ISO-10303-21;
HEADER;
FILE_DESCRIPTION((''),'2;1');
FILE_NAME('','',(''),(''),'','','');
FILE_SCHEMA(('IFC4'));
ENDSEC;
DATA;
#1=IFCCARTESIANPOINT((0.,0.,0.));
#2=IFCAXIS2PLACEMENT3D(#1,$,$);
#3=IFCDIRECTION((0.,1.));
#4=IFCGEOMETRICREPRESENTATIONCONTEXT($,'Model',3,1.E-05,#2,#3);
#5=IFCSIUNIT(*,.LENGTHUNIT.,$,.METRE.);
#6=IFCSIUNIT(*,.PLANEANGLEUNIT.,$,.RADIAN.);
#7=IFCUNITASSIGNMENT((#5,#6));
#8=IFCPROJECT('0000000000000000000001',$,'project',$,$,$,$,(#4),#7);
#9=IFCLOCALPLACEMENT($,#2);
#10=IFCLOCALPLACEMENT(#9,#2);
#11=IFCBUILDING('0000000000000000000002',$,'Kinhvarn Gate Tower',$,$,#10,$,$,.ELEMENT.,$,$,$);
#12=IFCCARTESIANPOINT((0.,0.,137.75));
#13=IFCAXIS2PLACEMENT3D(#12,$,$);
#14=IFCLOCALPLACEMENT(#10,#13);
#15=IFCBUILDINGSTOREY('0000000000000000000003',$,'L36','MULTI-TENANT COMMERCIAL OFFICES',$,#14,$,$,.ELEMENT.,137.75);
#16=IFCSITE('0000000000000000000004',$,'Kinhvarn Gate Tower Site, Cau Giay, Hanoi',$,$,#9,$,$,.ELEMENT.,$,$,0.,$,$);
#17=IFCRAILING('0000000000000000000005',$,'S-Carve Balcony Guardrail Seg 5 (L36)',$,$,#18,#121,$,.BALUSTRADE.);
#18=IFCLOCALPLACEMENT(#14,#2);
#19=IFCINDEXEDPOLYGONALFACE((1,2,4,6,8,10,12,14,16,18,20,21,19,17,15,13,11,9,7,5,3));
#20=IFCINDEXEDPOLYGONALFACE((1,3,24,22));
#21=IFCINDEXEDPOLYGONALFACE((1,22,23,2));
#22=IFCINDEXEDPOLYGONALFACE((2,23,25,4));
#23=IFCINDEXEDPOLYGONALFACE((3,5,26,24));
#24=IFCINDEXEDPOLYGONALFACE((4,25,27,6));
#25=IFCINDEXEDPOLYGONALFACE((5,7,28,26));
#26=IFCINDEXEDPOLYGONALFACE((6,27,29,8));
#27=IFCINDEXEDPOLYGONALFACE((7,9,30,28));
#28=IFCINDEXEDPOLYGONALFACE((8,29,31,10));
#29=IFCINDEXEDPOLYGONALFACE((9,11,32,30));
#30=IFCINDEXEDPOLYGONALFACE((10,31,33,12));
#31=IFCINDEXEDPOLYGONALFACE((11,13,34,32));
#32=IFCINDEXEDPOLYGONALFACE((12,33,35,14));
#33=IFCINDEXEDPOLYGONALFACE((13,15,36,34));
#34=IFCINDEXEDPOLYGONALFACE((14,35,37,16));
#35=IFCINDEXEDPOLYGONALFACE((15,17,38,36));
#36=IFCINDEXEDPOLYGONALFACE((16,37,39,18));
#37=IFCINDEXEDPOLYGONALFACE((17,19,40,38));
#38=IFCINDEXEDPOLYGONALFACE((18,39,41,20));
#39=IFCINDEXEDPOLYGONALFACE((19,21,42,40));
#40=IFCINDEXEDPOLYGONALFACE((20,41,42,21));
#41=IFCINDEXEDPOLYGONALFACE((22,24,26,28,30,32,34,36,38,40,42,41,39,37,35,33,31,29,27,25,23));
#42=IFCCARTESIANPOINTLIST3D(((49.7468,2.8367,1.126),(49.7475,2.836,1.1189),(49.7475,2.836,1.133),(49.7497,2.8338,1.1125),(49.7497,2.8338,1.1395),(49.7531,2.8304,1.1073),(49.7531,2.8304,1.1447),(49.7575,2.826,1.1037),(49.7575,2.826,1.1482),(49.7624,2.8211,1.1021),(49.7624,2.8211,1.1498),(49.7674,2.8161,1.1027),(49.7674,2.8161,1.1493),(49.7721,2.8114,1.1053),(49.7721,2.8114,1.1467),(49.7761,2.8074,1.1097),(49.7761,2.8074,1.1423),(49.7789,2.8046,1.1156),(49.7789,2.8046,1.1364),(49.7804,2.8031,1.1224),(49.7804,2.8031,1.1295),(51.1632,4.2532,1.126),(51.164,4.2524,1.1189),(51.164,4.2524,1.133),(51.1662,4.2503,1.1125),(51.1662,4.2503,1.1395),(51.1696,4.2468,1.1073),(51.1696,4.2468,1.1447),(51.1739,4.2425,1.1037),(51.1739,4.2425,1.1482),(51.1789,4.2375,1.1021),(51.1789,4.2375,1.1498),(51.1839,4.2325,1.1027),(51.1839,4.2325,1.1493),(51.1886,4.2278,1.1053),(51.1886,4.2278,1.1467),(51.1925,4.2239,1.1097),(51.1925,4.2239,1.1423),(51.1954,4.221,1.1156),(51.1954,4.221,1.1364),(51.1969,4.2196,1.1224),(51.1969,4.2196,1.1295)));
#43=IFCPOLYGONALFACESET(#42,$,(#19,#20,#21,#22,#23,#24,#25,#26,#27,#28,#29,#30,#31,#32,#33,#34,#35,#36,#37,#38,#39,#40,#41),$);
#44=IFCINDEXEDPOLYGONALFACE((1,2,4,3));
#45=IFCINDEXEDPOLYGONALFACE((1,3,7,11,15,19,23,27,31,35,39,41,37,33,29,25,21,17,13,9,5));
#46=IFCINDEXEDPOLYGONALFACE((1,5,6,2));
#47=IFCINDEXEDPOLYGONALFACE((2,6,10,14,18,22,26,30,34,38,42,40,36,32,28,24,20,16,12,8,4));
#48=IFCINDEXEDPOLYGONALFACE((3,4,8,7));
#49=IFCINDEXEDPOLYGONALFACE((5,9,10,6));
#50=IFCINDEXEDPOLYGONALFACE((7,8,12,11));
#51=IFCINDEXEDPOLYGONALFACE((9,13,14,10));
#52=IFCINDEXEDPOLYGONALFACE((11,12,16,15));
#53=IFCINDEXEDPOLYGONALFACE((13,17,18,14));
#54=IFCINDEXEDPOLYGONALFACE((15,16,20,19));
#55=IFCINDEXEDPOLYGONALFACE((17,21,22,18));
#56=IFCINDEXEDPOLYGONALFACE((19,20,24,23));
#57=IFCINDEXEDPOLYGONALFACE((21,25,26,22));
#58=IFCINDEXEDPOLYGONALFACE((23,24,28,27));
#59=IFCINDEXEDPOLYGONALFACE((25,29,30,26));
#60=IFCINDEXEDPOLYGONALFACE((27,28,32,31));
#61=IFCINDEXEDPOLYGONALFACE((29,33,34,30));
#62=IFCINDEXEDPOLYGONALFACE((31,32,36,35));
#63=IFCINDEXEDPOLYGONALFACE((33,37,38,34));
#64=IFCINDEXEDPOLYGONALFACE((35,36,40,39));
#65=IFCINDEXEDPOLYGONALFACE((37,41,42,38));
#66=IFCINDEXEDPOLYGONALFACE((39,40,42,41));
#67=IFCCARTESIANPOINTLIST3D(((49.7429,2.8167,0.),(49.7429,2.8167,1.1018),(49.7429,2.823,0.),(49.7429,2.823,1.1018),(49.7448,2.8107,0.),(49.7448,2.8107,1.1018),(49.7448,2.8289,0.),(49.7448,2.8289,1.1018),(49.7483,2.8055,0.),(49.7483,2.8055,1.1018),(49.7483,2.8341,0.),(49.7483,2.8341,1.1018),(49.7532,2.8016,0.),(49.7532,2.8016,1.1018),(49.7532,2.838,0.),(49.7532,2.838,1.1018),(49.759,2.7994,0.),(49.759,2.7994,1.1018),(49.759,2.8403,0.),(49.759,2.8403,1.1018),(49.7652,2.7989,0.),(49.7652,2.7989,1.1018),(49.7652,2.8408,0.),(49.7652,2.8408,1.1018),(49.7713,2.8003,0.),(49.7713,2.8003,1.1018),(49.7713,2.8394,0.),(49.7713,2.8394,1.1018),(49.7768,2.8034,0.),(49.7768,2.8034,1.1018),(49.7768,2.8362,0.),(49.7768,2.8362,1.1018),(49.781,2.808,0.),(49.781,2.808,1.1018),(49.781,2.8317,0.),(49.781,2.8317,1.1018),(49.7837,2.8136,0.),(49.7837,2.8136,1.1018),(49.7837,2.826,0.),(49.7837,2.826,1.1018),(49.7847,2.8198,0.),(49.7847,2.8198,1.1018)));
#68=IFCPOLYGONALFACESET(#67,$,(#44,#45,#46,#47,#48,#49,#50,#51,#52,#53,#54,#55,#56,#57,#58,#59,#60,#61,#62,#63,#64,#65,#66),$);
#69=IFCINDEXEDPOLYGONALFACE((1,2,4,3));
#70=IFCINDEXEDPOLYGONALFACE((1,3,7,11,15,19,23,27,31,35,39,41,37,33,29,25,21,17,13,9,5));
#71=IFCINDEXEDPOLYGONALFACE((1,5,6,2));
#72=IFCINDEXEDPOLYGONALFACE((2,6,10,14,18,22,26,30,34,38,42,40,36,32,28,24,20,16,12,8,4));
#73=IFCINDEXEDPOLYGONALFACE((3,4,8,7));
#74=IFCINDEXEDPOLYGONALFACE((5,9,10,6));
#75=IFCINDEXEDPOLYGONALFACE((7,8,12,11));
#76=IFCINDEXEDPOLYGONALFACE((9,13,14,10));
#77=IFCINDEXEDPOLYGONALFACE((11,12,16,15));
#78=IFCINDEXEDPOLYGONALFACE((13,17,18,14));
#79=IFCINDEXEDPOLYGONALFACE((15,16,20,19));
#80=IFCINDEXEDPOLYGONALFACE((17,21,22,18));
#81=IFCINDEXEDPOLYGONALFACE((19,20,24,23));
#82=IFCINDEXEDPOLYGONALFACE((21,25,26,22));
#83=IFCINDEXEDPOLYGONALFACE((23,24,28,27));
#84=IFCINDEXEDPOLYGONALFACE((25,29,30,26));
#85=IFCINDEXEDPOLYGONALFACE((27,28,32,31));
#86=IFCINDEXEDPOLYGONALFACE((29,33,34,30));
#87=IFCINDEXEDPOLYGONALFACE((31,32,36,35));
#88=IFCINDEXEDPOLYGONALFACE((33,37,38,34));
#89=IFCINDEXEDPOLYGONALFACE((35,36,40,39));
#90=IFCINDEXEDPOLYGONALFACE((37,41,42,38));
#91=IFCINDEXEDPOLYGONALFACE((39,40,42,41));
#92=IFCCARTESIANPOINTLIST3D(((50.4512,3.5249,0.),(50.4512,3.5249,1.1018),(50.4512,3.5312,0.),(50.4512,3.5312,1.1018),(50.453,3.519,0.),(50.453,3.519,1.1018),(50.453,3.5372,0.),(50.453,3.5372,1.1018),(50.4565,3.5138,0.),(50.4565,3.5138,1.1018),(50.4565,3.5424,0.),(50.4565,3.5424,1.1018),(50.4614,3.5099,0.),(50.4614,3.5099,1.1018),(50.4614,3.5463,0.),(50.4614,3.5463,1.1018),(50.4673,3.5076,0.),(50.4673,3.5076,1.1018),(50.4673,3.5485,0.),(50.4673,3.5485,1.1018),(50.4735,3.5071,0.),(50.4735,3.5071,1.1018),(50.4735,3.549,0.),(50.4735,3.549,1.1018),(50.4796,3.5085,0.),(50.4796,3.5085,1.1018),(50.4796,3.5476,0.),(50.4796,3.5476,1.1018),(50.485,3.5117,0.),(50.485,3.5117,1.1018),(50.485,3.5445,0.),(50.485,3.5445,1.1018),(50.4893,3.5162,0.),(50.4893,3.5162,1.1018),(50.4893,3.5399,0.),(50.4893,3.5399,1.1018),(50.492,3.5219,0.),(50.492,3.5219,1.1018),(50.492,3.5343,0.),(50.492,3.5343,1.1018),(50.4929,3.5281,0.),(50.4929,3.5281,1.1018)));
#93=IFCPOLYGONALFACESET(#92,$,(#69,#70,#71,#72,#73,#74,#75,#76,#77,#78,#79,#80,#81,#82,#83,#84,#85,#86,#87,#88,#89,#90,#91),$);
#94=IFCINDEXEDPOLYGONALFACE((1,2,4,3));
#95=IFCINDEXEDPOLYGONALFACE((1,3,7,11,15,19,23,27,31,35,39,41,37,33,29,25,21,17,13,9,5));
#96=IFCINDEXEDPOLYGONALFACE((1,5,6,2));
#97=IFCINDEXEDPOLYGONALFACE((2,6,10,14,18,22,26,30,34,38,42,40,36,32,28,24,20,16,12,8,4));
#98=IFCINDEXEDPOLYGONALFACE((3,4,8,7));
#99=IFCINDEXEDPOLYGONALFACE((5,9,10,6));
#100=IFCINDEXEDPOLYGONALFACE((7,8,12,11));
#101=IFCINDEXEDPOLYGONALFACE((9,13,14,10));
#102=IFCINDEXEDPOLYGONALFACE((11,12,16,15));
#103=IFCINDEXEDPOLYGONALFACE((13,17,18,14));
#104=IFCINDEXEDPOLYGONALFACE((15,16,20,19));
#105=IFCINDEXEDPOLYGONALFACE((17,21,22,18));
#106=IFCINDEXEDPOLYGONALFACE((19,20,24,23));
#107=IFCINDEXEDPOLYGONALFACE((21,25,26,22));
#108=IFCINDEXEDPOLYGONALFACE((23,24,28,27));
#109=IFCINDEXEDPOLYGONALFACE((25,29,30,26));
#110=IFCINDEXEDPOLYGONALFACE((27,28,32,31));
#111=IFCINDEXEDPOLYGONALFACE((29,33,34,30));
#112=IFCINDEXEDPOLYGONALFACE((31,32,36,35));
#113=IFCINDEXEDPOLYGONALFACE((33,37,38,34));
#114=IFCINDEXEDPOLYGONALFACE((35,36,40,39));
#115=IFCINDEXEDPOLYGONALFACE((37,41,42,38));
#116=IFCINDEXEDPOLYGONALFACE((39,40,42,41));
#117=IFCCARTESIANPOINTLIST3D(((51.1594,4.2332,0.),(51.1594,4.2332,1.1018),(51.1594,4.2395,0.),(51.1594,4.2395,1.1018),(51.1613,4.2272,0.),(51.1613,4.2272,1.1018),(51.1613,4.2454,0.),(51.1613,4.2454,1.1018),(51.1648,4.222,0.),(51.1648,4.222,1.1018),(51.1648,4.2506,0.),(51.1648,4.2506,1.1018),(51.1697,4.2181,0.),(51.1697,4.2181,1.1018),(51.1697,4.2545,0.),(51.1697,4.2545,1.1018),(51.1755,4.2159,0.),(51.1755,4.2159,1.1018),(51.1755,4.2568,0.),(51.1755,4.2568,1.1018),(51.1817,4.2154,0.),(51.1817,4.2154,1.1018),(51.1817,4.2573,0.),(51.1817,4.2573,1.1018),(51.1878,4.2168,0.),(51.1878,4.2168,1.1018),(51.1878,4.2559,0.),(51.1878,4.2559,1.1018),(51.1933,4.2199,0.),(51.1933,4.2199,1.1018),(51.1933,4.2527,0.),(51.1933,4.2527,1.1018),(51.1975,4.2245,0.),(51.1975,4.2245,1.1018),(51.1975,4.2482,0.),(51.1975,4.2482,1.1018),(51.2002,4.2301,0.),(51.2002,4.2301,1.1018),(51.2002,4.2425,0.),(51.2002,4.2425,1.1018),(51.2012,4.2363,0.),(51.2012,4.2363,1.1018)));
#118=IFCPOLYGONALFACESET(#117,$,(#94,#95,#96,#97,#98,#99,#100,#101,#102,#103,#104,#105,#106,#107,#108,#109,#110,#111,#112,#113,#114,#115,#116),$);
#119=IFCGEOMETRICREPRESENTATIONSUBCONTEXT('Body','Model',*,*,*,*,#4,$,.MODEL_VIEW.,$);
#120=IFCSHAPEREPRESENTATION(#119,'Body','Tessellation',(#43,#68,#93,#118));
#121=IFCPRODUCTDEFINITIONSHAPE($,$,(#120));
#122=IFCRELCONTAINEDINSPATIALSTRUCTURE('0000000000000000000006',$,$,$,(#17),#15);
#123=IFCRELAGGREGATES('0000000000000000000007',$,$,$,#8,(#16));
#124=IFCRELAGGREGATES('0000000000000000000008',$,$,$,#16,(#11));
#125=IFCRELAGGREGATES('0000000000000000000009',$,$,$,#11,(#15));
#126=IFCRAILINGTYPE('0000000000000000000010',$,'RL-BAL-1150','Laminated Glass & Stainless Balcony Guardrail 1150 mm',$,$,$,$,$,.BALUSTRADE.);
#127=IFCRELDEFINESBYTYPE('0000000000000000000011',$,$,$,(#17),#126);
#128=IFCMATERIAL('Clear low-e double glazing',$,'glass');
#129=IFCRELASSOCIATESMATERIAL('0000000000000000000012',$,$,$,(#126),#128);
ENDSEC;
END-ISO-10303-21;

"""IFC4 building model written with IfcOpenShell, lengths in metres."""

from ifc_helpers import new_model, si_unit, direction, frame, origin, origin_2d, place, context, subcontext, project, spatial, circle, extrude, material, type_object, element, save


model = new_model("IFC4")

# Units and contexts
model_context = context("Model", 3, precision=1e-05, world=origin(), true_north=direction((0.0, 1.0)))
body_context = subcontext(model_context, "Body", "Model", "MODEL_VIEW")
ifc_project = project(units=[si_unit("LENGTHUNIT", "METRE"), si_unit("PLANEANGLEUNIT", "RADIAN")], contexts=[model_context])

# Site, building, storey
site_placement = place(None, origin())
site = spatial("IfcSite", under=ifc_project, at=site_placement, Name="Kinhvarn Gate Tower Site, Cau Giay, Hanoi", CompositionType="ELEMENT", RefElevation=0.0)
building_placement = place(site_placement, origin())
building = spatial("IfcBuilding", under=site, at=building_placement, Name="Kinhvarn Gate Tower", CompositionType="ELEMENT")
storey_placement = place(building_placement, frame((0.0, 0.0, 137.75)))
storey = spatial("IfcBuildingStorey", under=building, at=storey_placement, Name="L36", Description="MULTI-TENANT COMMERCIAL OFFICES", CompositionType="ELEMENT", Elevation=137.75)

# Shared definitions
ifc_material_1 = material(Name="Clear low-e double glazing", Category="glass")

# Railing
railing_type = type_object("IfcRailingType", Name="RL-BAL-1150", Description="Laminated Glass & Stainless Balcony Guardrail 1150 mm", PredefinedType="BALUSTRADE", material=ifc_material_1)
railing_1_placement = place(storey_placement, frame((49.7637, 2.8198, 0.0)))
element("IfcRailing", 1, at=railing_1_placement, inside=storey, type_object=railing_type, Name="S-Carve Balcony Guardrail Seg 5 (L36)", PredefinedType="BALUSTRADE", context=body_context, shape_type="SweptSolid", body=[
    extrude(circle(Radius=0.0239, at=origin_2d()), frame((0.0, 0.0, 1.126), z_axis=(0.707107, 0.707107, 0.0), x_axis=(-0.707107, 0.707107, 0.0)), (0.0, 0.0, 1.0), 2.0032),
    extrude(circle(Radius=0.021, at=origin_2d()), origin(), (0.0, 0.0, 1.0), 1.1018),
    extrude(circle(Radius=0.021, at=origin_2d()), frame((0.7083, 0.7083, 0.0)), (0.0, 0.0, 1.0), 1.1018),
    extrude(circle(Radius=0.021, at=origin_2d()), frame((1.4165, 1.4165, 0.0)), (0.0, 0.0, 1.0), 1.1018),
])

save(model, "model.ifc")
